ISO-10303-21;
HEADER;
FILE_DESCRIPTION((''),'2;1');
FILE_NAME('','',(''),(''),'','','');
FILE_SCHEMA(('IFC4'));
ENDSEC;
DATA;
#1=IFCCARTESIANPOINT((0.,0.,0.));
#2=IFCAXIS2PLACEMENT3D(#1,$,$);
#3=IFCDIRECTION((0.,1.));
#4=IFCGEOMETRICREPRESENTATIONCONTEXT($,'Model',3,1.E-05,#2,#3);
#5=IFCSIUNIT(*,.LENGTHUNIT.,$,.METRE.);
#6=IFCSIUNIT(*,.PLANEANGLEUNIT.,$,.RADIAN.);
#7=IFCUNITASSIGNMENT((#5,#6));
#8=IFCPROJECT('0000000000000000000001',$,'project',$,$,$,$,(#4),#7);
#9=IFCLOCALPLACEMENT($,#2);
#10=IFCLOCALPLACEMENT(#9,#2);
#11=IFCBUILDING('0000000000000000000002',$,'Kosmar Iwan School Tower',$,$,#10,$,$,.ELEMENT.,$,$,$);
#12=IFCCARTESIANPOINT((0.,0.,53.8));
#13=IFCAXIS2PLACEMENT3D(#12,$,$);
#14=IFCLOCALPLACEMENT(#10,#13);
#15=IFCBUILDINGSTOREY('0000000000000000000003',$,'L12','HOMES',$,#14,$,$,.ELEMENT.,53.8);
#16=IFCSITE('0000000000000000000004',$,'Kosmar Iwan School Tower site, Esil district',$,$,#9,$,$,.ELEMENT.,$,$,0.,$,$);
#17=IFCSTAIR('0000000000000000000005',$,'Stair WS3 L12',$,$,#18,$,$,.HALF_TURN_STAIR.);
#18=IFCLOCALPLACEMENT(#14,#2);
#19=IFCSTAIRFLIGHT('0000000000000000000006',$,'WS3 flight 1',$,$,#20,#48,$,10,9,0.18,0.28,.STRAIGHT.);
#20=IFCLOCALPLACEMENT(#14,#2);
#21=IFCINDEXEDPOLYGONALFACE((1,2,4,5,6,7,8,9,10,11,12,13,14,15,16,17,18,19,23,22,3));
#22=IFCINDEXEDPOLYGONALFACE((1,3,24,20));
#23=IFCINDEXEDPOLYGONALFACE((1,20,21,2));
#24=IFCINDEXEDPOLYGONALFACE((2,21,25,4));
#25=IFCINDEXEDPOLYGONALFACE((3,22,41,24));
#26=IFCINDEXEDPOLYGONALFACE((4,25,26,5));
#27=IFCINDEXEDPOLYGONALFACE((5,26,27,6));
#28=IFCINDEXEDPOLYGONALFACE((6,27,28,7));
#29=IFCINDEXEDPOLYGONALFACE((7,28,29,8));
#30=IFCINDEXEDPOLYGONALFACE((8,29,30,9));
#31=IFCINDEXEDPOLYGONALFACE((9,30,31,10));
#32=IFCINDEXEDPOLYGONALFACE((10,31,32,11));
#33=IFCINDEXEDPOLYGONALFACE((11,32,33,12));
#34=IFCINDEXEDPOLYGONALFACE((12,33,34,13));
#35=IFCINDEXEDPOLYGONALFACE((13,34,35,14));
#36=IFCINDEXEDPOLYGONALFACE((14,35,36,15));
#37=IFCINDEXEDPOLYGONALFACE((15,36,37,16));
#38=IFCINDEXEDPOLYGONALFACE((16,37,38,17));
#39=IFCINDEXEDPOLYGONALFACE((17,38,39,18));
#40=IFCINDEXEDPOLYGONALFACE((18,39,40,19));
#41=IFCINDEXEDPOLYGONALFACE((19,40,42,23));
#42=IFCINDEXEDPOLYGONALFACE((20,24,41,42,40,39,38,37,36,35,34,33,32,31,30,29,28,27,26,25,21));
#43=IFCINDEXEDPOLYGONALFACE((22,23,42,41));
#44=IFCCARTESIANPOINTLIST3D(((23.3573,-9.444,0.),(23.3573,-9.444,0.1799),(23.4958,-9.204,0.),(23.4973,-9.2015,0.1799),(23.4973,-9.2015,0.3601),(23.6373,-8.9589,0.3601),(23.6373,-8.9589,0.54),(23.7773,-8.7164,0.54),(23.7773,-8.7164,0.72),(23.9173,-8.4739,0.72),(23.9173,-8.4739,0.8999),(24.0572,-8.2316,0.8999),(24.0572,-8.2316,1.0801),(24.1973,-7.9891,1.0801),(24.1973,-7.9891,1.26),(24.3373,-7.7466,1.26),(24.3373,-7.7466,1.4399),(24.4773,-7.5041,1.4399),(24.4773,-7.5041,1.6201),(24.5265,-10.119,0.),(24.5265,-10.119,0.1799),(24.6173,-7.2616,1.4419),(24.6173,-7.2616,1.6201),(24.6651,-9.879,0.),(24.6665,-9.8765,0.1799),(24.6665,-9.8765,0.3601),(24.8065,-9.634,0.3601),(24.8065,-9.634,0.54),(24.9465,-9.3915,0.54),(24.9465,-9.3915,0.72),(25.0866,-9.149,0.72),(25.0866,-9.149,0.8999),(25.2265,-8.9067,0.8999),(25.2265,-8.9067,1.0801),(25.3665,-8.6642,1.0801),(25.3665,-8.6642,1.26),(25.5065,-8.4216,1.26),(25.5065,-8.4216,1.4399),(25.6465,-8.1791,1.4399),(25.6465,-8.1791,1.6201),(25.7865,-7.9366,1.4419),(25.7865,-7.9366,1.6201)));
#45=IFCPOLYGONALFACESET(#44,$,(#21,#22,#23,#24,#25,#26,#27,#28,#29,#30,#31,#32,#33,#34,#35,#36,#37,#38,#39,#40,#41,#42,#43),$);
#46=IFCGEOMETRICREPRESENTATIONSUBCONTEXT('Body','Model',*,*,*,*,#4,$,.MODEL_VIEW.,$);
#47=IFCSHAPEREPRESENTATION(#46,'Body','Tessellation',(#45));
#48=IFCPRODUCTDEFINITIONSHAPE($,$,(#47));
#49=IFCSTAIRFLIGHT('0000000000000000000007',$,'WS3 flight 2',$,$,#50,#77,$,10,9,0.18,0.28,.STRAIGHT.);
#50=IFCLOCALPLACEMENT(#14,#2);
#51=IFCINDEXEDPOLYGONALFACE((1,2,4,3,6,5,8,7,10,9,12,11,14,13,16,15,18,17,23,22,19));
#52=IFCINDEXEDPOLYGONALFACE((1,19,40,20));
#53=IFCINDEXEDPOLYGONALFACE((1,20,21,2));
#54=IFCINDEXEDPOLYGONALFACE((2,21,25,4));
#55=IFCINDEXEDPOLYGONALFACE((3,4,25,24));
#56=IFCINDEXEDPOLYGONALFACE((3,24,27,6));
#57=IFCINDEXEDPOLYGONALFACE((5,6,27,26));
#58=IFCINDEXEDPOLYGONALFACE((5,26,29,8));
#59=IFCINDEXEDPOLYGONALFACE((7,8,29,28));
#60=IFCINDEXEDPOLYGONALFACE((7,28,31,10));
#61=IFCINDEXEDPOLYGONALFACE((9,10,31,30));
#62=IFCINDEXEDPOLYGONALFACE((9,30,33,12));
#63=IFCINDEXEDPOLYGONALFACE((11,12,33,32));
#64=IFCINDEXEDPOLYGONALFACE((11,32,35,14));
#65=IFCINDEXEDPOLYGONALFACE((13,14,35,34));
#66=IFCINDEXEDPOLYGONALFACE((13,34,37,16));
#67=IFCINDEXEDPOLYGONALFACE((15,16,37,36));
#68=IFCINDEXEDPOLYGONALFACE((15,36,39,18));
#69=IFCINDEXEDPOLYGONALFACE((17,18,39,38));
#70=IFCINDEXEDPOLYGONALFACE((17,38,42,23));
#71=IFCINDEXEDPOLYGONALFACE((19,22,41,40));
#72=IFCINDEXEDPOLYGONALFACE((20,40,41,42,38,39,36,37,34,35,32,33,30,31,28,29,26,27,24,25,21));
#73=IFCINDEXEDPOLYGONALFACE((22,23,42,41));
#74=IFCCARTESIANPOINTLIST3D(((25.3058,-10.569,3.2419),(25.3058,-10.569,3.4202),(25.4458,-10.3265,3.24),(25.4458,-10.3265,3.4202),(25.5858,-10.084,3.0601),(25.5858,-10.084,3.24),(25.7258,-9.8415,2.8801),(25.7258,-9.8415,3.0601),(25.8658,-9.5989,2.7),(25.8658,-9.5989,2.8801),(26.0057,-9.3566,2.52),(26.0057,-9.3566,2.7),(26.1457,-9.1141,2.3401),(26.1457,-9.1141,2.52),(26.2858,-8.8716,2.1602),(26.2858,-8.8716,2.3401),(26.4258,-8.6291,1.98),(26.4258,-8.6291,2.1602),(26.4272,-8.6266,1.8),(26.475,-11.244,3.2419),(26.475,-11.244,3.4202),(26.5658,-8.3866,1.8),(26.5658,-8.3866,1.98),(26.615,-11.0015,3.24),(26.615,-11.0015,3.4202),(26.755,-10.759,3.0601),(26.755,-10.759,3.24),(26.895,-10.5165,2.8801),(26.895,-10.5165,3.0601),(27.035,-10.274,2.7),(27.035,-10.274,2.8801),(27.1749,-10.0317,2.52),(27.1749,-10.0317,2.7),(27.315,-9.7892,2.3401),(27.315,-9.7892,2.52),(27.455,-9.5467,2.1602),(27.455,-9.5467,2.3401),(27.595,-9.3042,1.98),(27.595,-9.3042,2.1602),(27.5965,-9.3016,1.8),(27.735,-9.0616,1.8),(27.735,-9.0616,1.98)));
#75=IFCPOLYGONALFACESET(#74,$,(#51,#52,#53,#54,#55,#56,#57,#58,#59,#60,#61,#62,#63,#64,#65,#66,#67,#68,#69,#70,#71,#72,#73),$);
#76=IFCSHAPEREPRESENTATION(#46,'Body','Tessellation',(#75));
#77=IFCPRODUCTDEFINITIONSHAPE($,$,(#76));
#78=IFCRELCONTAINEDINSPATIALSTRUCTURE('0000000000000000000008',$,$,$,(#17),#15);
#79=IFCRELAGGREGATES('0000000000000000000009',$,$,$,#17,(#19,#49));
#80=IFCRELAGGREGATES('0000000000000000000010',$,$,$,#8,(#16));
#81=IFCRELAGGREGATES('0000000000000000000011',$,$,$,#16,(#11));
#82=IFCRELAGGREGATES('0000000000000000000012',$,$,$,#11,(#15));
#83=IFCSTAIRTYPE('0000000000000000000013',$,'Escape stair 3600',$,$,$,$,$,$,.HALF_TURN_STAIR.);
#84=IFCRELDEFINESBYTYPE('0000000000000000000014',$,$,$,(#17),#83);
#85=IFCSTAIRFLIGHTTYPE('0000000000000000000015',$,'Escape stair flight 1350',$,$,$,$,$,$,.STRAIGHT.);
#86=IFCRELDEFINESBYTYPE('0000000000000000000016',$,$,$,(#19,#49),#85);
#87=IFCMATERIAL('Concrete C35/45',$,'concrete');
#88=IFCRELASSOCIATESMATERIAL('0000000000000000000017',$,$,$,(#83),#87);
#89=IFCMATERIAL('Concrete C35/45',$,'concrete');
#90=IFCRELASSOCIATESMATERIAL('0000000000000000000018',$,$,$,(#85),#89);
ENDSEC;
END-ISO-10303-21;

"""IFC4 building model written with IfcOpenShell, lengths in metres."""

from ifc_helpers import new_model, si_unit, direction, frame, origin, place, context, subcontext, project, spatial, polyline, outline, extrude, material, type_object, element, aggregate, save


model = new_model("IFC4")

# Units and contexts
model_context = context("Model", 3, precision=1e-05, world=origin(), true_north=direction((0.0, 1.0)))
body_context = subcontext(model_context, "Body", "Model", "MODEL_VIEW")
ifc_project = project(units=[si_unit("LENGTHUNIT", "METRE"), si_unit("PLANEANGLEUNIT", "RADIAN")], contexts=[model_context])

# Site, building, storey
site_placement = place(None, origin())
site = spatial("IfcSite", under=ifc_project, at=site_placement, Name="Kosmar Iwan School Tower site, Esil district", CompositionType="ELEMENT", RefElevation=0.0)
building_placement = place(site_placement, origin())
building = spatial("IfcBuilding", under=site, at=building_placement, Name="Kosmar Iwan School Tower", CompositionType="ELEMENT")
storey_placement = place(building_placement, frame((0.0, 0.0, 53.8)))
storey = spatial("IfcBuildingStorey", under=building, at=storey_placement, Name="L12", Description="HOMES", CompositionType="ELEMENT", Elevation=53.8)

# Stair, stair flights
ifc_material_1 = material(Name="Concrete C35/45", Category="concrete")
stair_type = type_object("IfcStairType", Name="Escape stair 3600", PredefinedType="HALF_TURN_STAIR", material=ifc_material_1)
stair_placement = place(storey_placement, origin())
stair = element("IfcStair", 1, at=stair_placement, inside=storey, type_object=stair_type, Name="Stair WS3 L12", PredefinedType="HALF_TURN_STAIR")
ifc_material_2 = material(Name="Concrete C35/45", Category="concrete")
stair_flight_type = type_object("IfcStairFlightType", Name="Escape stair flight 1350", PredefinedType="STRAIGHT", material=ifc_material_2)
stair_flight_1_placement = place(storey_placement, frame((23.9419, -9.7815, 0.0), z_axis=(0.0, 0.0, 1.0), x_axis=(0.5, 0.866025, 0.0)))
stair_flight_1 = element("IfcStairFlight", 2, at=stair_flight_1_placement, type_object=stair_flight_type, Name="WS3 flight 1", NumberOfRisers=10, NumberOfTreads=9, PredefinedType="STRAIGHT", RiserHeight=0.18, TreadLength=0.28, context=body_context, shape_type="SweptSolid", body=[
    extrude(outline(polyline([(0.0, 0.0), (0.0, 0.1799), (0.28, 0.1799), (0.28, 0.3601), (0.5601, 0.3601), (0.5601, 0.54), (0.8401, 0.54), (0.8401, 0.72), (1.1201, 0.72), (1.1201, 0.8999), (1.3999, 0.8999), (1.3999, 1.0801), (1.6799, 1.0801), (1.6799, 1.26), (1.96, 1.26), (1.96, 1.4399), (2.24, 1.4399), (2.24, 1.6201), (2.52, 1.6201), (2.52, 1.8), (2.52, 1.4419), (0.2771, 0.0), (0.0, 0.0)])), frame((0.0, 0.675, 0.0), z_axis=(0.0, -1.0, 0.0), x_axis=(1.0, 0.0, 0.0)), (0.0, 0.0, 1.0), 1.3501),
])
stair_flight_2_placement = place(storey_placement, frame((27.1504, -8.7241, 1.8), z_axis=(0.0, 0.0, 1.0), x_axis=(-0.5, -0.866025, 0.0)))
stair_flight_2 = element("IfcStairFlight", 3, at=stair_flight_2_placement, type_object=stair_flight_type, Name="WS3 flight 2", NumberOfRisers=10, NumberOfTreads=9, PredefinedType="STRAIGHT", RiserHeight=0.18, TreadLength=0.28, context=body_context, shape_type="SweptSolid", body=[
    extrude(outline(polyline([(0.0, 0.0), (0.0, 0.1799), (0.28, 0.1799), (0.28, 0.3601), (0.5601, 0.3601), (0.5601, 0.54), (0.8401, 0.54), (0.8401, 0.72), (1.1201, 0.72), (1.1201, 0.8999), (1.3999, 0.8999), (1.3999, 1.0801), (1.6799, 1.0801), (1.6799, 1.26), (1.96, 1.26), (1.96, 1.4399), (2.24, 1.4399), (2.24, 1.6201), (2.52, 1.6201), (2.52, 1.8), (2.52, 1.4419), (0.2771, 0.0), (0.0, 0.0)])), frame((0.0, 0.675, 0.0), z_axis=(0.0, -1.0, 0.0), x_axis=(1.0, 0.0, 0.0)), (0.0, 0.0, 1.0), 1.3501),
])
aggregate(stair, [stair_flight_1, stair_flight_2])

save(model, "model.ifc")
